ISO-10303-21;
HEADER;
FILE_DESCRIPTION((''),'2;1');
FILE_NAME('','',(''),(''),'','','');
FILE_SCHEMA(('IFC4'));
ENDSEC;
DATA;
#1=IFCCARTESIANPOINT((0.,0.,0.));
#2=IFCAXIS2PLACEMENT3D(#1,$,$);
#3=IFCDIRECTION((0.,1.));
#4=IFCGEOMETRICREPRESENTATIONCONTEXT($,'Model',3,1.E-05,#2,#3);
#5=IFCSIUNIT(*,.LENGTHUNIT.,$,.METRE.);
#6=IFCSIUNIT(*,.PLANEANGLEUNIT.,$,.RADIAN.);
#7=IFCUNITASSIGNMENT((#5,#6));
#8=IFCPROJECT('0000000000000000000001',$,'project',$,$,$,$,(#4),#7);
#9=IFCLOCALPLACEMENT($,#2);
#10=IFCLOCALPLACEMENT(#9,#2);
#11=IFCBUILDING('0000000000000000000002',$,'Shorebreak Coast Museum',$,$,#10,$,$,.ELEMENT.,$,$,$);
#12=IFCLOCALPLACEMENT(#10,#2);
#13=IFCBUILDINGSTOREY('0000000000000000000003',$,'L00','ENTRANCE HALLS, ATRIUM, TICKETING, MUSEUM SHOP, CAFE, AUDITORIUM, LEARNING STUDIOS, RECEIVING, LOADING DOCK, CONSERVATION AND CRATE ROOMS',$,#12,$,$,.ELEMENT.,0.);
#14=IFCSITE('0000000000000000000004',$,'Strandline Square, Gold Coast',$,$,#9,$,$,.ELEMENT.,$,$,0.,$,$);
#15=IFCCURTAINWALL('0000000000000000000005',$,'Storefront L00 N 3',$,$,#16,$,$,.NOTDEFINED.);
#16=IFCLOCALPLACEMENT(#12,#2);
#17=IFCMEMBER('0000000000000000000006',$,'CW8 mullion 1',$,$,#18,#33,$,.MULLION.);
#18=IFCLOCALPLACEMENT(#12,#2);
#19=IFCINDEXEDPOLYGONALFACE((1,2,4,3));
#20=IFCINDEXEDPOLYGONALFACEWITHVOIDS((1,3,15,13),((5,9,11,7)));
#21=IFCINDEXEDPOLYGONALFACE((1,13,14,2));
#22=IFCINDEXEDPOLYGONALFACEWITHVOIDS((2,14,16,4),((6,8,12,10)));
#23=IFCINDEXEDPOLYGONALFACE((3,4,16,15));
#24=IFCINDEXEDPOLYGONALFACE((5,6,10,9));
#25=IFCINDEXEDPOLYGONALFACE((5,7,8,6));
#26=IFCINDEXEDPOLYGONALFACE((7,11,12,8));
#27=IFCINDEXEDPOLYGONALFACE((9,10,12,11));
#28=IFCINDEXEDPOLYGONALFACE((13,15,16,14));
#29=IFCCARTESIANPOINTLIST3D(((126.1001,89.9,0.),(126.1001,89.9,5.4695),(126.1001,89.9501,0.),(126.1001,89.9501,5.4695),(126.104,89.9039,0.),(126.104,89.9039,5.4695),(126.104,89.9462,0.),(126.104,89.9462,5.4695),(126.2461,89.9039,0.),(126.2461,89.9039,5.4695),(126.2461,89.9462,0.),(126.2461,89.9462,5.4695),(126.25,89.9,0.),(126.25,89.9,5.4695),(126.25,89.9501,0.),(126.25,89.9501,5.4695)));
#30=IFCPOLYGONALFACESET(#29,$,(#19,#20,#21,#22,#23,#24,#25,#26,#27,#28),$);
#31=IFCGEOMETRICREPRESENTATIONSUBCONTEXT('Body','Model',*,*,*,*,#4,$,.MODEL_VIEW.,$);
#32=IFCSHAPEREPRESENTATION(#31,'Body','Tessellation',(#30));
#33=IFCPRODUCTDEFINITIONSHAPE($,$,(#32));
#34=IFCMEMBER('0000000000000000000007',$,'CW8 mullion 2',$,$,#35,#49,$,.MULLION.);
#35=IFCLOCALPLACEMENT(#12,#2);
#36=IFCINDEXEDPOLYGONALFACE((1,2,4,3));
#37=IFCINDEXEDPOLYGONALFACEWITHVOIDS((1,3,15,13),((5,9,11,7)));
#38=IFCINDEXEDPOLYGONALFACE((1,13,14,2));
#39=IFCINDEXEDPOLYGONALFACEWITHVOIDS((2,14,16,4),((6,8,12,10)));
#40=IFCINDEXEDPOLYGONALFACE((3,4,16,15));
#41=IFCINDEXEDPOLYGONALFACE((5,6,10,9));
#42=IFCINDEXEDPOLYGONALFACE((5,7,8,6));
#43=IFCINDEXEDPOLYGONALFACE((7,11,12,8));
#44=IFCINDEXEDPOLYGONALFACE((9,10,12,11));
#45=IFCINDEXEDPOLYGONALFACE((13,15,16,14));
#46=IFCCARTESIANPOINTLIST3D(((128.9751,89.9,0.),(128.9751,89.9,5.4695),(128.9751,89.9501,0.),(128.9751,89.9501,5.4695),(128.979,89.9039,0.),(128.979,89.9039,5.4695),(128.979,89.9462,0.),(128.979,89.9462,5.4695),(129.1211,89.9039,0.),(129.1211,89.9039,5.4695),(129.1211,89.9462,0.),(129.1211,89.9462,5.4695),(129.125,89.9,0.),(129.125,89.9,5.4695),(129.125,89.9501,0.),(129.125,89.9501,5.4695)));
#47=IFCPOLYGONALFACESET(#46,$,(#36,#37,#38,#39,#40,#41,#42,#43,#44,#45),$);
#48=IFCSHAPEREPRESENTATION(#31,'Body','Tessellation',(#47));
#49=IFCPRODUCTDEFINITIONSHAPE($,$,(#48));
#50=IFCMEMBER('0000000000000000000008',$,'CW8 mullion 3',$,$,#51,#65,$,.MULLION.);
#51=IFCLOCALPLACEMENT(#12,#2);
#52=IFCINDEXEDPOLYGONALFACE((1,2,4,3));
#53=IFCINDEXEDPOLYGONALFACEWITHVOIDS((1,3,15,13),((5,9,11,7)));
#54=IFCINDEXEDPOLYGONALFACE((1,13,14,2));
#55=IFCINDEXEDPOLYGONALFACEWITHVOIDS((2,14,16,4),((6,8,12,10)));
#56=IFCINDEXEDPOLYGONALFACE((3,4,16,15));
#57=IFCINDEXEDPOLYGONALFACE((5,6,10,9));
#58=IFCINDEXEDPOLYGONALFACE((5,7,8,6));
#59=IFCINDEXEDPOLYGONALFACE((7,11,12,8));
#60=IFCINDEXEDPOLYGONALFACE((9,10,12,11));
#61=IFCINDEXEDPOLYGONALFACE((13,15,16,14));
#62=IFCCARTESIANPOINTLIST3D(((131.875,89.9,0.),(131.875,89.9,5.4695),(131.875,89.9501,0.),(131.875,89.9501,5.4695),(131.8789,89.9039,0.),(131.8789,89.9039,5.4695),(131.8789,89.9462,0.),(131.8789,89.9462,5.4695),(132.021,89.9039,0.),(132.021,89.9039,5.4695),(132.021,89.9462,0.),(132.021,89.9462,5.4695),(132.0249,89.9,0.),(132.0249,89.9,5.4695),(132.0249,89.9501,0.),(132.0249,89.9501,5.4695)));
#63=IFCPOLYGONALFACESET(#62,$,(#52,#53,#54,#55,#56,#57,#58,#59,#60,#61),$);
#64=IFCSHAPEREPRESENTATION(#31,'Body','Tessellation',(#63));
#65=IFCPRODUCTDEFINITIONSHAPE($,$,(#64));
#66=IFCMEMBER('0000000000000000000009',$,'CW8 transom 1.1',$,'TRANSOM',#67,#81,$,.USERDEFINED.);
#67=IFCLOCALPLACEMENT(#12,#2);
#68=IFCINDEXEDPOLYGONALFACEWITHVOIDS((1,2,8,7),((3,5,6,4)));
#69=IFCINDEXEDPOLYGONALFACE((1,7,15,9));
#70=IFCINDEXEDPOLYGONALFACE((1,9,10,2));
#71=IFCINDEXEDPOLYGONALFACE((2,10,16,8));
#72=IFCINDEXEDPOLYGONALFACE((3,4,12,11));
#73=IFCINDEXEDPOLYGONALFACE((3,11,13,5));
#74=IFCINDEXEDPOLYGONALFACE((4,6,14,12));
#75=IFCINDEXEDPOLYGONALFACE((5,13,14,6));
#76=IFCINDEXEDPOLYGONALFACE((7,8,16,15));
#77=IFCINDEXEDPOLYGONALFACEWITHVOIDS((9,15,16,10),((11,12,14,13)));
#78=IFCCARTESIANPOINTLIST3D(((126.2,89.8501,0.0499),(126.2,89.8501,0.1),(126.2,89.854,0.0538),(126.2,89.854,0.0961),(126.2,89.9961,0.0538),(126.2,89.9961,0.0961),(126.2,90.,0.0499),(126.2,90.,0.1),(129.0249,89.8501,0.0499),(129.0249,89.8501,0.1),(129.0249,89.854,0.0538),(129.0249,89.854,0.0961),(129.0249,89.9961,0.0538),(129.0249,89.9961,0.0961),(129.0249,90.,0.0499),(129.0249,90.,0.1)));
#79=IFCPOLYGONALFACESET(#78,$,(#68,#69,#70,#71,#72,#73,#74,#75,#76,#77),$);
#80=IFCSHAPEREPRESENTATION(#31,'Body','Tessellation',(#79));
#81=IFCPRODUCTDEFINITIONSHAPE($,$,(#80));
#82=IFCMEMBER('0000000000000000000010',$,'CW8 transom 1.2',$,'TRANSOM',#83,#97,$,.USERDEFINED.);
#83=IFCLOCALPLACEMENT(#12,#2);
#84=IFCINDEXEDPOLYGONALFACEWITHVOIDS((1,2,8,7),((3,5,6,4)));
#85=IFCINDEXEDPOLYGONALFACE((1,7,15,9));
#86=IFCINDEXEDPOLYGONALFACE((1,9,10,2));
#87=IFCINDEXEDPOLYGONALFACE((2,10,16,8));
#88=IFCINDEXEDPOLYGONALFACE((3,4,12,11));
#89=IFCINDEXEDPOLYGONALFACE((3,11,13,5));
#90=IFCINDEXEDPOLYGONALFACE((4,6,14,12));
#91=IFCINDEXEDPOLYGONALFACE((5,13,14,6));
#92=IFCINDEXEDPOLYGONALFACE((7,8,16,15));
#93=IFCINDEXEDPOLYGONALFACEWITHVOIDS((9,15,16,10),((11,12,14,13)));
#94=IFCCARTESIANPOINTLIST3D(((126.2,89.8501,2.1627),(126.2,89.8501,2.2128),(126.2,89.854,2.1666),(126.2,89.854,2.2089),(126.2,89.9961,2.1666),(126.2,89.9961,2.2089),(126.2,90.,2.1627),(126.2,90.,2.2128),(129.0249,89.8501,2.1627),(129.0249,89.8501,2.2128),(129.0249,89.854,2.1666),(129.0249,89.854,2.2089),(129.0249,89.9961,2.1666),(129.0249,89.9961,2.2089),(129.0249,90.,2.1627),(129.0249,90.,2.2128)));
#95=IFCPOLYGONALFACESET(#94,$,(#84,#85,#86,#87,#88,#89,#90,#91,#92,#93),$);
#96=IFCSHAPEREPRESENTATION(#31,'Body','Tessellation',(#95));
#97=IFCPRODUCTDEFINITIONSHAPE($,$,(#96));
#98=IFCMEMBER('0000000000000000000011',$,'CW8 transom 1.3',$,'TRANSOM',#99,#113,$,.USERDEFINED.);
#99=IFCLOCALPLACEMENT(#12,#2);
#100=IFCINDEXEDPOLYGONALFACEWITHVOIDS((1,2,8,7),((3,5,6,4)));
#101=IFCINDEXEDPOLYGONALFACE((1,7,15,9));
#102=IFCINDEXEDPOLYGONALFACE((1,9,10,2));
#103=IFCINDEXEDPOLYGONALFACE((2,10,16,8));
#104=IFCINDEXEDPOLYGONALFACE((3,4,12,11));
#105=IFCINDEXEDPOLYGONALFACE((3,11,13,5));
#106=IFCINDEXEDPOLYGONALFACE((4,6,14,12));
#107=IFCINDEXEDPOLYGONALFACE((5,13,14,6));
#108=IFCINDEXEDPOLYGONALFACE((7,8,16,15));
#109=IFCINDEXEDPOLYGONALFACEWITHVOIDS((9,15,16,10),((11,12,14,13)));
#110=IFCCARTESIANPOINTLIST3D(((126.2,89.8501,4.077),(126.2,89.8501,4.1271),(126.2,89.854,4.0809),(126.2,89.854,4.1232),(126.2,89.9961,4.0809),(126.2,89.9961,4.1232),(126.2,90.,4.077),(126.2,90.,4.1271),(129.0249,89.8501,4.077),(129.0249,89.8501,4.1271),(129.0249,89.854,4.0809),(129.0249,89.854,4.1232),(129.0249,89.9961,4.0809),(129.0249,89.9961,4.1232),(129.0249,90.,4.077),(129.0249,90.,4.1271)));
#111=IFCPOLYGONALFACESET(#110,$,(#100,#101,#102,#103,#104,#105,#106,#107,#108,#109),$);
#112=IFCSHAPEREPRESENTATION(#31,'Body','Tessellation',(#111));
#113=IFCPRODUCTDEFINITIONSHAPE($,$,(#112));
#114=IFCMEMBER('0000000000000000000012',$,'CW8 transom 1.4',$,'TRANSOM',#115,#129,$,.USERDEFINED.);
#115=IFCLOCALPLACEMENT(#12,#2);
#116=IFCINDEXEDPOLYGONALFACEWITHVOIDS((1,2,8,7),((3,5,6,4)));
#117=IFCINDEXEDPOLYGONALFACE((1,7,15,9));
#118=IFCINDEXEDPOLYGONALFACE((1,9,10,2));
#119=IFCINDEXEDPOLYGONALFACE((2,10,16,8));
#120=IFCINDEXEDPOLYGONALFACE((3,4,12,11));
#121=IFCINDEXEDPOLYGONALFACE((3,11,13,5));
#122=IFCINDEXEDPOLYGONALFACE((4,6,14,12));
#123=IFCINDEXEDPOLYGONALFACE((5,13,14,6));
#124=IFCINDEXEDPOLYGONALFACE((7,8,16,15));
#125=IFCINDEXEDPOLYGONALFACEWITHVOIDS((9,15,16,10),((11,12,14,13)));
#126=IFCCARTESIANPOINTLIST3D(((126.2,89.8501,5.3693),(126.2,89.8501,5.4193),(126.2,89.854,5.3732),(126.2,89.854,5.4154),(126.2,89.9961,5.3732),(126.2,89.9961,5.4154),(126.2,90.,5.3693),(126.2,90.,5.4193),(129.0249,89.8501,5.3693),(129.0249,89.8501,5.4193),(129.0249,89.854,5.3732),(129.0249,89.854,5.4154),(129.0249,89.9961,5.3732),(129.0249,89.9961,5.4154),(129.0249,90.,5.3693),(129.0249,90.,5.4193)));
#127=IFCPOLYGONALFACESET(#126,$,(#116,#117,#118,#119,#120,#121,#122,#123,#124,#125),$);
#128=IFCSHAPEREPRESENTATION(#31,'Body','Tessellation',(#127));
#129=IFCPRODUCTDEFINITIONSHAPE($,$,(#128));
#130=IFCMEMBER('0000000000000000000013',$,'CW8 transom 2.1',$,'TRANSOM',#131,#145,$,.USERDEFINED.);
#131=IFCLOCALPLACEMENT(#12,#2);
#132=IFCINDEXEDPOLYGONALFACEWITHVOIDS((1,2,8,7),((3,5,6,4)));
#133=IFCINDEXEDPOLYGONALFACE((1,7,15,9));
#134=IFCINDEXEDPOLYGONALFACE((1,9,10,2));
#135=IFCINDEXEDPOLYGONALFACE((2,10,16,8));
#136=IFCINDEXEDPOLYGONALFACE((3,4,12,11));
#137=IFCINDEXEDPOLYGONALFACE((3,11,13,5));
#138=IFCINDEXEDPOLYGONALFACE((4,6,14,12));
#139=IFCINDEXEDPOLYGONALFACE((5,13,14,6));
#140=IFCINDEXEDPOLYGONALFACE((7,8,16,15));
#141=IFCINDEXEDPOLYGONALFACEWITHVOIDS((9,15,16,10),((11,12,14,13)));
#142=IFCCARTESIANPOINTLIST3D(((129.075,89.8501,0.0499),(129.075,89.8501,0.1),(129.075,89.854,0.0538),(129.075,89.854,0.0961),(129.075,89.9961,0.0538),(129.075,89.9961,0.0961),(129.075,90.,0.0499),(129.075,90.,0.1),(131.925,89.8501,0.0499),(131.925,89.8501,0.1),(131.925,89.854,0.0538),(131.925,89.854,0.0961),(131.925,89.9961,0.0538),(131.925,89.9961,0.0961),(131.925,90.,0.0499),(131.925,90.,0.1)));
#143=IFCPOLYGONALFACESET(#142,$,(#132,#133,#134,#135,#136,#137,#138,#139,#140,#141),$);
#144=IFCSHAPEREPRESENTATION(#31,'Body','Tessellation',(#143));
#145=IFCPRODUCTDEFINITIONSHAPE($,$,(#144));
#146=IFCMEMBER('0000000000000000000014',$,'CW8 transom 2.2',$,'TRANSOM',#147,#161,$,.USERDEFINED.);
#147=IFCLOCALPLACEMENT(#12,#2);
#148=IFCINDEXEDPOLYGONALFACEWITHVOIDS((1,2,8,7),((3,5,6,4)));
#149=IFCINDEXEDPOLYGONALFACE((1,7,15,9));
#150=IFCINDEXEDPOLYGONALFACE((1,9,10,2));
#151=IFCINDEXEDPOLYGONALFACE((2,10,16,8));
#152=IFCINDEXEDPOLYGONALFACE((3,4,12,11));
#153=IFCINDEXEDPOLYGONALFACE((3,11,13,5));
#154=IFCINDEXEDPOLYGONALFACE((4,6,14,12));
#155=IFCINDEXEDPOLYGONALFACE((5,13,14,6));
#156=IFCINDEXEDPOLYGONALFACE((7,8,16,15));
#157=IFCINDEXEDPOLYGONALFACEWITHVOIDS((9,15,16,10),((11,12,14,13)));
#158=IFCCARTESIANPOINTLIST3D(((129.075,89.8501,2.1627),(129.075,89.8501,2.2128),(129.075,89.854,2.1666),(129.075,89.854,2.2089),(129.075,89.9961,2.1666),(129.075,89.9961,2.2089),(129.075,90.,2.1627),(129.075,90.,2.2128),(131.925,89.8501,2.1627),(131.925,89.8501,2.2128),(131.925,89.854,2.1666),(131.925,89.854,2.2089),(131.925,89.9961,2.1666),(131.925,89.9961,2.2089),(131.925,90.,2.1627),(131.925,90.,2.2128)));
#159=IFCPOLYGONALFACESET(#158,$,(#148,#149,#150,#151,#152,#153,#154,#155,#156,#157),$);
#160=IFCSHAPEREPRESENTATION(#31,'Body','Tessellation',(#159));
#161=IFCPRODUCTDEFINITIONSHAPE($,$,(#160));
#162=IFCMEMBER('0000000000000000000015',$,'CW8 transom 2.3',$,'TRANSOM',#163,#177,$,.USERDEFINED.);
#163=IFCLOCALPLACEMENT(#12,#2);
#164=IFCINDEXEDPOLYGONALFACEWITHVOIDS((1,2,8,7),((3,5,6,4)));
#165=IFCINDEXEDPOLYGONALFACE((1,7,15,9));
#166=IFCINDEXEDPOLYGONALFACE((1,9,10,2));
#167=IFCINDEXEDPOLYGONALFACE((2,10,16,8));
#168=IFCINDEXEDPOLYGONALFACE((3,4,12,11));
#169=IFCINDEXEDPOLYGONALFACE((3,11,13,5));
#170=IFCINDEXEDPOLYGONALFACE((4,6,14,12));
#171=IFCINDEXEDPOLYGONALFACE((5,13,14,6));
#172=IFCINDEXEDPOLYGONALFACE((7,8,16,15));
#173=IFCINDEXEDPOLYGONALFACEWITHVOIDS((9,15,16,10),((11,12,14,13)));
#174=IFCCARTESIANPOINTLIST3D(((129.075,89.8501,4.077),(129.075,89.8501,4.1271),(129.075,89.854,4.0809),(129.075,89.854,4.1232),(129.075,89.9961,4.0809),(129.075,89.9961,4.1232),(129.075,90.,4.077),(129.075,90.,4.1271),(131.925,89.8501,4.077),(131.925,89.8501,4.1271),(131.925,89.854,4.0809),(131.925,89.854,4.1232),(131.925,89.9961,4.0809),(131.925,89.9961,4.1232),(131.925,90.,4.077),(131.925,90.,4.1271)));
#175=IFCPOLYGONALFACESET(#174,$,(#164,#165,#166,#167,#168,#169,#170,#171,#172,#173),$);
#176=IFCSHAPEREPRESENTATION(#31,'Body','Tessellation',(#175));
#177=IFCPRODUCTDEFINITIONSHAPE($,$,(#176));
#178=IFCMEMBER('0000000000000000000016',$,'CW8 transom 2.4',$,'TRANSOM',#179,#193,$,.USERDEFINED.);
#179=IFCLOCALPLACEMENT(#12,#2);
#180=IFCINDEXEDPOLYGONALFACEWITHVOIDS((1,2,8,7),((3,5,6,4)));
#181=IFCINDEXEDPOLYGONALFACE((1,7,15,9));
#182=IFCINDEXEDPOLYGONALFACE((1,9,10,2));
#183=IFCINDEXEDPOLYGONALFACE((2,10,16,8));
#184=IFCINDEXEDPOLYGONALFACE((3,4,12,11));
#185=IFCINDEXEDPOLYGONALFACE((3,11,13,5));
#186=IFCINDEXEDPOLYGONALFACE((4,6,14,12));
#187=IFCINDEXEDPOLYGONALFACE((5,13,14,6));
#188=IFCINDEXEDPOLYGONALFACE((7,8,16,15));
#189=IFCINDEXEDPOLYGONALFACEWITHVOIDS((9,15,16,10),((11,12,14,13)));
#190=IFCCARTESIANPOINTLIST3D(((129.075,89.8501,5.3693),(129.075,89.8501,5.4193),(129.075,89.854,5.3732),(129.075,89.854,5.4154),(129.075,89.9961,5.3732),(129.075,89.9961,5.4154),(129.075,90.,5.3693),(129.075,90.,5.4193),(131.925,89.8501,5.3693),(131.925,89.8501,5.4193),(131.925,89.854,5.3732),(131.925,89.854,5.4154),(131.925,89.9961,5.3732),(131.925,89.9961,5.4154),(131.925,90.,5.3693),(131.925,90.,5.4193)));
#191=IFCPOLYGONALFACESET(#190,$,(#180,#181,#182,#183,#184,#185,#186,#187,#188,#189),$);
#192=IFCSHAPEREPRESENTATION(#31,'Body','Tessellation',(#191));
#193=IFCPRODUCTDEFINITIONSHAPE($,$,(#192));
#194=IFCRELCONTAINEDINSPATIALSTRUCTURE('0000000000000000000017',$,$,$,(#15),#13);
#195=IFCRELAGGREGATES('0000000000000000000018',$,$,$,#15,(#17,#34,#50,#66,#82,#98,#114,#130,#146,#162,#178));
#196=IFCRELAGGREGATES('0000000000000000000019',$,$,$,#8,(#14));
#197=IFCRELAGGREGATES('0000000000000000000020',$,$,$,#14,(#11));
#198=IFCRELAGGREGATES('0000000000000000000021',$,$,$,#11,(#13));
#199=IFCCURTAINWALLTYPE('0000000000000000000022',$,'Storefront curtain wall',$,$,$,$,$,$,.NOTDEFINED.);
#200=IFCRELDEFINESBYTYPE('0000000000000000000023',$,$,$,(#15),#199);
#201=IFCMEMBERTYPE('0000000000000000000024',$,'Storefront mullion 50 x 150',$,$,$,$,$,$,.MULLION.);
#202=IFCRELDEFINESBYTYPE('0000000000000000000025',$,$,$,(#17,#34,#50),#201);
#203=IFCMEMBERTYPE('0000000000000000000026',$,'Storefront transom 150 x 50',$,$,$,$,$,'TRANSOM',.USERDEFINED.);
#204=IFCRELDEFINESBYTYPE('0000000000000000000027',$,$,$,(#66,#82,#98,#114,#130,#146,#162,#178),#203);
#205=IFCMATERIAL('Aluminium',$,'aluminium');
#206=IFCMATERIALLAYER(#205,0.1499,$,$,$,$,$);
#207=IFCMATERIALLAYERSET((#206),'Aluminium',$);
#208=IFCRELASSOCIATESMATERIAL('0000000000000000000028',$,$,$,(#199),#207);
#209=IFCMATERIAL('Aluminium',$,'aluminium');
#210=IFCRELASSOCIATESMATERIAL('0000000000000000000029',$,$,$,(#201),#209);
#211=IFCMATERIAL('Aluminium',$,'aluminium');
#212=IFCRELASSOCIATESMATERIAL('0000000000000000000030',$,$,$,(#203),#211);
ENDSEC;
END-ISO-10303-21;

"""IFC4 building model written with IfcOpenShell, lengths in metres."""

from ifc_helpers import new_model, si_unit, direction, frame, origin, origin_2d, place, context, subcontext, project, spatial, hollow_rectangle, extrude, material, layer, layer_set, material_profile, profile_set, type_object, element, aggregate, save


model = new_model("IFC4")

# Units and contexts
model_context = context("Model", 3, precision=1e-05, world=origin(), true_north=direction((0.0, 1.0)))
body_context = subcontext(model_context, "Body", "Model", "MODEL_VIEW")
ifc_project = project(units=[si_unit("LENGTHUNIT", "METRE"), si_unit("PLANEANGLEUNIT", "RADIAN")], contexts=[model_context])

# Site, building, storey
site_placement = place(None, origin())
site = spatial("IfcSite", under=ifc_project, at=site_placement, Name="Strandline Square, Gold Coast", CompositionType="ELEMENT", RefElevation=0.0)
building_placement = place(site_placement, origin())
building = spatial("IfcBuilding", under=site, at=building_placement, Name="Shorebreak Coast Museum", CompositionType="ELEMENT")
storey_placement = place(building_placement, origin())
storey = spatial("IfcBuildingStorey", under=building, at=storey_placement, Name="L00", Description="ENTRANCE HALLS, ATRIUM, TICKETING, MUSEUM SHOP, CAFE, AUDITORIUM, LEARNING STUDIOS, RECEIVING, LOADING DOCK, CONSERVATION AND CRATE ROOMS", CompositionType="ELEMENT", Elevation=0.0)

# Curtain wall, members
ifc_material_1 = material(Name="Aluminium", Category="aluminium")
ifc_layer_1 = layer(ifc_material_1, 0.1499)
ifc_layer_set_1 = layer_set([ifc_layer_1], Name="Aluminium")
curtain_wall_type = type_object("IfcCurtainWallType", Name="Storefront curtain wall", PredefinedType="NOTDEFINED", material=ifc_layer_set_1)
curtain_wall_placement = place(storey_placement, origin())
curtain_wall = element("IfcCurtainWall", 1, at=curtain_wall_placement, inside=storey, type_object=curtain_wall_type, Name="Storefront L00 N 3", PredefinedType="NOTDEFINED")
ifc_material_2 = material(Name="Aluminium", Category="aluminium")
ifc_material_profile_1 = material_profile(ifc_material_2, hollow_rectangle(XDim=0.05, YDim=0.1499, WallThickness=0.0039, at=origin_2d()), Name="AL 150x50 RHS")
ifc_profile_set_1 = profile_set([ifc_material_profile_1], Name="Aluminium")
member_type_1 = type_object("IfcMemberType", Name="Storefront mullion 50 x 150", PredefinedType="MULLION", material=ifc_profile_set_1)
member_1_placement = place(storey_placement, frame((126.175, 89.925, 0.0), z_axis=(0.0, 0.0, 1.0), x_axis=(0.0, 1.0, 0.0)))
member_1 = element("IfcMember", 2, at=member_1_placement, type_object=member_type_1, Name="CW8 mullion 1", PredefinedType="MULLION", context=body_context, shape_type="SweptSolid", body=[
    extrude(hollow_rectangle(XDim=0.05, YDim=0.1499, WallThickness=0.0039, at=origin_2d()), origin(), (0.0, 0.0, 1.0), 5.4695),
])
member_2_placement = place(storey_placement, frame((129.05, 89.925, 0.0), z_axis=(0.0, 0.0, 1.0), x_axis=(0.0, 1.0, 0.0)))
member_2 = element("IfcMember", 3, at=member_2_placement, type_object=member_type_1, Name="CW8 mullion 2", PredefinedType="MULLION", context=body_context, shape_type="SweptSolid", body=[
    extrude(hollow_rectangle(XDim=0.05, YDim=0.1499, WallThickness=0.0039, at=origin_2d()), origin(), (0.0, 0.0, 1.0), 5.4695),
])
member_3_placement = place(storey_placement, frame((131.95, 89.925, 0.0), z_axis=(0.0, 0.0, 1.0), x_axis=(0.0, 1.0, 0.0)))
member_3 = element("IfcMember", 4, at=member_3_placement, type_object=member_type_1, Name="CW8 mullion 3", PredefinedType="MULLION", context=body_context, shape_type="SweptSolid", body=[
    extrude(hollow_rectangle(XDim=0.05, YDim=0.1499, WallThickness=0.0039, at=origin_2d()), origin(), (0.0, 0.0, 1.0), 5.4695),
])
ifc_material_3 = material(Name="Aluminium", Category="aluminium")
ifc_material_profile_2 = material_profile(ifc_material_3, hollow_rectangle(XDim=0.1499, YDim=0.05, WallThickness=0.0039, at=origin_2d()), Name="AL 50x150 RHS")
ifc_profile_set_2 = profile_set([ifc_material_profile_2], Name="Aluminium")
member_type_2 = type_object("IfcMemberType", Name="Storefront transom 150 x 50", ElementType="TRANSOM", PredefinedType="USERDEFINED", material=ifc_profile_set_2)
member_4_placement = place(storey_placement, frame((126.2, 89.925, 0.075), z_axis=(1.0, 0.0, 0.0), x_axis=(0.0, 1.0, 0.0)))
member_4 = element("IfcMember", 5, at=member_4_placement, type_object=member_type_2, Name="CW8 transom 1.1", ObjectType="TRANSOM", PredefinedType="USERDEFINED", context=body_context, shape_type="SweptSolid", body=[
    extrude(hollow_rectangle(XDim=0.1499, YDim=0.05, WallThickness=0.0039, at=origin_2d()), origin(), (0.0, 0.0, 1.0), 2.825),
])
member_5_placement = place(storey_placement, frame((126.2, 89.925, 2.1877), z_axis=(1.0, 0.0, 0.0), x_axis=(0.0, 1.0, 0.0)))
member_5 = element("IfcMember", 6, at=member_5_placement, type_object=member_type_2, Name="CW8 transom 1.2", ObjectType="TRANSOM", PredefinedType="USERDEFINED", context=body_context, shape_type="SweptSolid", body=[
    extrude(hollow_rectangle(XDim=0.1499, YDim=0.05, WallThickness=0.0039, at=origin_2d()), origin(), (0.0, 0.0, 1.0), 2.825),
])
member_6_placement = place(storey_placement, frame((126.2, 89.925, 4.1021), z_axis=(1.0, 0.0, 0.0), x_axis=(0.0, 1.0, 0.0)))
member_6 = element("IfcMember", 7, at=member_6_placement, type_object=member_type_2, Name="CW8 transom 1.3", ObjectType="TRANSOM", PredefinedType="USERDEFINED", context=body_context, shape_type="SweptSolid", body=[
    extrude(hollow_rectangle(XDim=0.1499, YDim=0.05, WallThickness=0.0039, at=origin_2d()), origin(), (0.0, 0.0, 1.0), 2.825),
])
member_7_placement = place(storey_placement, frame((126.2, 89.925, 5.3943), z_axis=(1.0, 0.0, 0.0), x_axis=(0.0, 1.0, 0.0)))
member_7 = element("IfcMember", 8, at=member_7_placement, type_object=member_type_2, Name="CW8 transom 1.4", ObjectType="TRANSOM", PredefinedType="USERDEFINED", context=body_context, shape_type="SweptSolid", body=[
    extrude(hollow_rectangle(XDim=0.1499, YDim=0.05, WallThickness=0.0039, at=origin_2d()), origin(), (0.0, 0.0, 1.0), 2.825),
])
member_8_placement = place(storey_placement, frame((129.075, 89.925, 0.075), z_axis=(1.0, 0.0, 0.0), x_axis=(0.0, 1.0, 0.0)))
member_8 = element("IfcMember", 9, at=member_8_placement, type_object=member_type_2, Name="CW8 transom 2.1", ObjectType="TRANSOM", PredefinedType="USERDEFINED", context=body_context, shape_type="SweptSolid", body=[
    extrude(hollow_rectangle(XDim=0.1499, YDim=0.05, WallThickness=0.0039, at=origin_2d()), origin(), (0.0, 0.0, 1.0), 2.8501),
])
member_9_placement = place(storey_placement, frame((129.075, 89.925, 2.1877), z_axis=(1.0, 0.0, 0.0), x_axis=(0.0, 1.0, 0.0)))
member_9 = element("IfcMember", 10, at=member_9_placement, type_object=member_type_2, Name="CW8 transom 2.2", ObjectType="TRANSOM", PredefinedType="USERDEFINED", context=body_context, shape_type="SweptSolid", body=[
    extrude(hollow_rectangle(XDim=0.1499, YDim=0.05, WallThickness=0.0039, at=origin_2d()), origin(), (0.0, 0.0, 1.0), 2.8501),
])
member_10_placement = place(storey_placement, frame((129.075, 89.925, 4.1021), z_axis=(1.0, 0.0, 0.0), x_axis=(0.0, 1.0, 0.0)))
member_10 = element("IfcMember", 11, at=member_10_placement, type_object=member_type_2, Name="CW8 transom 2.3", ObjectType="TRANSOM", PredefinedType="USERDEFINED", context=body_context, shape_type="SweptSolid", body=[
    extrude(hollow_rectangle(XDim=0.1499, YDim=0.05, WallThickness=0.0039, at=origin_2d()), origin(), (0.0, 0.0, 1.0), 2.8501),
])
member_11_placement = place(storey_placement, frame((129.075, 89.925, 5.3943), z_axis=(1.0, 0.0, 0.0), x_axis=(0.0, 1.0, 0.0)))
member_11 = element("IfcMember", 12, at=member_11_placement, type_object=member_type_2, Name="CW8 transom 2.4", ObjectType="TRANSOM", PredefinedType="USERDEFINED", context=body_context, shape_type="SweptSolid", body=[
    extrude(hollow_rectangle(XDim=0.1499, YDim=0.05, WallThickness=0.0039, at=origin_2d()), origin(), (0.0, 0.0, 1.0), 2.8501),
])
aggregate(curtain_wall, [member_1, member_2, member_3, member_4, member_5, member_6, member_7, member_8, member_9, member_10, member_11])

save(model, "model.ifc")
